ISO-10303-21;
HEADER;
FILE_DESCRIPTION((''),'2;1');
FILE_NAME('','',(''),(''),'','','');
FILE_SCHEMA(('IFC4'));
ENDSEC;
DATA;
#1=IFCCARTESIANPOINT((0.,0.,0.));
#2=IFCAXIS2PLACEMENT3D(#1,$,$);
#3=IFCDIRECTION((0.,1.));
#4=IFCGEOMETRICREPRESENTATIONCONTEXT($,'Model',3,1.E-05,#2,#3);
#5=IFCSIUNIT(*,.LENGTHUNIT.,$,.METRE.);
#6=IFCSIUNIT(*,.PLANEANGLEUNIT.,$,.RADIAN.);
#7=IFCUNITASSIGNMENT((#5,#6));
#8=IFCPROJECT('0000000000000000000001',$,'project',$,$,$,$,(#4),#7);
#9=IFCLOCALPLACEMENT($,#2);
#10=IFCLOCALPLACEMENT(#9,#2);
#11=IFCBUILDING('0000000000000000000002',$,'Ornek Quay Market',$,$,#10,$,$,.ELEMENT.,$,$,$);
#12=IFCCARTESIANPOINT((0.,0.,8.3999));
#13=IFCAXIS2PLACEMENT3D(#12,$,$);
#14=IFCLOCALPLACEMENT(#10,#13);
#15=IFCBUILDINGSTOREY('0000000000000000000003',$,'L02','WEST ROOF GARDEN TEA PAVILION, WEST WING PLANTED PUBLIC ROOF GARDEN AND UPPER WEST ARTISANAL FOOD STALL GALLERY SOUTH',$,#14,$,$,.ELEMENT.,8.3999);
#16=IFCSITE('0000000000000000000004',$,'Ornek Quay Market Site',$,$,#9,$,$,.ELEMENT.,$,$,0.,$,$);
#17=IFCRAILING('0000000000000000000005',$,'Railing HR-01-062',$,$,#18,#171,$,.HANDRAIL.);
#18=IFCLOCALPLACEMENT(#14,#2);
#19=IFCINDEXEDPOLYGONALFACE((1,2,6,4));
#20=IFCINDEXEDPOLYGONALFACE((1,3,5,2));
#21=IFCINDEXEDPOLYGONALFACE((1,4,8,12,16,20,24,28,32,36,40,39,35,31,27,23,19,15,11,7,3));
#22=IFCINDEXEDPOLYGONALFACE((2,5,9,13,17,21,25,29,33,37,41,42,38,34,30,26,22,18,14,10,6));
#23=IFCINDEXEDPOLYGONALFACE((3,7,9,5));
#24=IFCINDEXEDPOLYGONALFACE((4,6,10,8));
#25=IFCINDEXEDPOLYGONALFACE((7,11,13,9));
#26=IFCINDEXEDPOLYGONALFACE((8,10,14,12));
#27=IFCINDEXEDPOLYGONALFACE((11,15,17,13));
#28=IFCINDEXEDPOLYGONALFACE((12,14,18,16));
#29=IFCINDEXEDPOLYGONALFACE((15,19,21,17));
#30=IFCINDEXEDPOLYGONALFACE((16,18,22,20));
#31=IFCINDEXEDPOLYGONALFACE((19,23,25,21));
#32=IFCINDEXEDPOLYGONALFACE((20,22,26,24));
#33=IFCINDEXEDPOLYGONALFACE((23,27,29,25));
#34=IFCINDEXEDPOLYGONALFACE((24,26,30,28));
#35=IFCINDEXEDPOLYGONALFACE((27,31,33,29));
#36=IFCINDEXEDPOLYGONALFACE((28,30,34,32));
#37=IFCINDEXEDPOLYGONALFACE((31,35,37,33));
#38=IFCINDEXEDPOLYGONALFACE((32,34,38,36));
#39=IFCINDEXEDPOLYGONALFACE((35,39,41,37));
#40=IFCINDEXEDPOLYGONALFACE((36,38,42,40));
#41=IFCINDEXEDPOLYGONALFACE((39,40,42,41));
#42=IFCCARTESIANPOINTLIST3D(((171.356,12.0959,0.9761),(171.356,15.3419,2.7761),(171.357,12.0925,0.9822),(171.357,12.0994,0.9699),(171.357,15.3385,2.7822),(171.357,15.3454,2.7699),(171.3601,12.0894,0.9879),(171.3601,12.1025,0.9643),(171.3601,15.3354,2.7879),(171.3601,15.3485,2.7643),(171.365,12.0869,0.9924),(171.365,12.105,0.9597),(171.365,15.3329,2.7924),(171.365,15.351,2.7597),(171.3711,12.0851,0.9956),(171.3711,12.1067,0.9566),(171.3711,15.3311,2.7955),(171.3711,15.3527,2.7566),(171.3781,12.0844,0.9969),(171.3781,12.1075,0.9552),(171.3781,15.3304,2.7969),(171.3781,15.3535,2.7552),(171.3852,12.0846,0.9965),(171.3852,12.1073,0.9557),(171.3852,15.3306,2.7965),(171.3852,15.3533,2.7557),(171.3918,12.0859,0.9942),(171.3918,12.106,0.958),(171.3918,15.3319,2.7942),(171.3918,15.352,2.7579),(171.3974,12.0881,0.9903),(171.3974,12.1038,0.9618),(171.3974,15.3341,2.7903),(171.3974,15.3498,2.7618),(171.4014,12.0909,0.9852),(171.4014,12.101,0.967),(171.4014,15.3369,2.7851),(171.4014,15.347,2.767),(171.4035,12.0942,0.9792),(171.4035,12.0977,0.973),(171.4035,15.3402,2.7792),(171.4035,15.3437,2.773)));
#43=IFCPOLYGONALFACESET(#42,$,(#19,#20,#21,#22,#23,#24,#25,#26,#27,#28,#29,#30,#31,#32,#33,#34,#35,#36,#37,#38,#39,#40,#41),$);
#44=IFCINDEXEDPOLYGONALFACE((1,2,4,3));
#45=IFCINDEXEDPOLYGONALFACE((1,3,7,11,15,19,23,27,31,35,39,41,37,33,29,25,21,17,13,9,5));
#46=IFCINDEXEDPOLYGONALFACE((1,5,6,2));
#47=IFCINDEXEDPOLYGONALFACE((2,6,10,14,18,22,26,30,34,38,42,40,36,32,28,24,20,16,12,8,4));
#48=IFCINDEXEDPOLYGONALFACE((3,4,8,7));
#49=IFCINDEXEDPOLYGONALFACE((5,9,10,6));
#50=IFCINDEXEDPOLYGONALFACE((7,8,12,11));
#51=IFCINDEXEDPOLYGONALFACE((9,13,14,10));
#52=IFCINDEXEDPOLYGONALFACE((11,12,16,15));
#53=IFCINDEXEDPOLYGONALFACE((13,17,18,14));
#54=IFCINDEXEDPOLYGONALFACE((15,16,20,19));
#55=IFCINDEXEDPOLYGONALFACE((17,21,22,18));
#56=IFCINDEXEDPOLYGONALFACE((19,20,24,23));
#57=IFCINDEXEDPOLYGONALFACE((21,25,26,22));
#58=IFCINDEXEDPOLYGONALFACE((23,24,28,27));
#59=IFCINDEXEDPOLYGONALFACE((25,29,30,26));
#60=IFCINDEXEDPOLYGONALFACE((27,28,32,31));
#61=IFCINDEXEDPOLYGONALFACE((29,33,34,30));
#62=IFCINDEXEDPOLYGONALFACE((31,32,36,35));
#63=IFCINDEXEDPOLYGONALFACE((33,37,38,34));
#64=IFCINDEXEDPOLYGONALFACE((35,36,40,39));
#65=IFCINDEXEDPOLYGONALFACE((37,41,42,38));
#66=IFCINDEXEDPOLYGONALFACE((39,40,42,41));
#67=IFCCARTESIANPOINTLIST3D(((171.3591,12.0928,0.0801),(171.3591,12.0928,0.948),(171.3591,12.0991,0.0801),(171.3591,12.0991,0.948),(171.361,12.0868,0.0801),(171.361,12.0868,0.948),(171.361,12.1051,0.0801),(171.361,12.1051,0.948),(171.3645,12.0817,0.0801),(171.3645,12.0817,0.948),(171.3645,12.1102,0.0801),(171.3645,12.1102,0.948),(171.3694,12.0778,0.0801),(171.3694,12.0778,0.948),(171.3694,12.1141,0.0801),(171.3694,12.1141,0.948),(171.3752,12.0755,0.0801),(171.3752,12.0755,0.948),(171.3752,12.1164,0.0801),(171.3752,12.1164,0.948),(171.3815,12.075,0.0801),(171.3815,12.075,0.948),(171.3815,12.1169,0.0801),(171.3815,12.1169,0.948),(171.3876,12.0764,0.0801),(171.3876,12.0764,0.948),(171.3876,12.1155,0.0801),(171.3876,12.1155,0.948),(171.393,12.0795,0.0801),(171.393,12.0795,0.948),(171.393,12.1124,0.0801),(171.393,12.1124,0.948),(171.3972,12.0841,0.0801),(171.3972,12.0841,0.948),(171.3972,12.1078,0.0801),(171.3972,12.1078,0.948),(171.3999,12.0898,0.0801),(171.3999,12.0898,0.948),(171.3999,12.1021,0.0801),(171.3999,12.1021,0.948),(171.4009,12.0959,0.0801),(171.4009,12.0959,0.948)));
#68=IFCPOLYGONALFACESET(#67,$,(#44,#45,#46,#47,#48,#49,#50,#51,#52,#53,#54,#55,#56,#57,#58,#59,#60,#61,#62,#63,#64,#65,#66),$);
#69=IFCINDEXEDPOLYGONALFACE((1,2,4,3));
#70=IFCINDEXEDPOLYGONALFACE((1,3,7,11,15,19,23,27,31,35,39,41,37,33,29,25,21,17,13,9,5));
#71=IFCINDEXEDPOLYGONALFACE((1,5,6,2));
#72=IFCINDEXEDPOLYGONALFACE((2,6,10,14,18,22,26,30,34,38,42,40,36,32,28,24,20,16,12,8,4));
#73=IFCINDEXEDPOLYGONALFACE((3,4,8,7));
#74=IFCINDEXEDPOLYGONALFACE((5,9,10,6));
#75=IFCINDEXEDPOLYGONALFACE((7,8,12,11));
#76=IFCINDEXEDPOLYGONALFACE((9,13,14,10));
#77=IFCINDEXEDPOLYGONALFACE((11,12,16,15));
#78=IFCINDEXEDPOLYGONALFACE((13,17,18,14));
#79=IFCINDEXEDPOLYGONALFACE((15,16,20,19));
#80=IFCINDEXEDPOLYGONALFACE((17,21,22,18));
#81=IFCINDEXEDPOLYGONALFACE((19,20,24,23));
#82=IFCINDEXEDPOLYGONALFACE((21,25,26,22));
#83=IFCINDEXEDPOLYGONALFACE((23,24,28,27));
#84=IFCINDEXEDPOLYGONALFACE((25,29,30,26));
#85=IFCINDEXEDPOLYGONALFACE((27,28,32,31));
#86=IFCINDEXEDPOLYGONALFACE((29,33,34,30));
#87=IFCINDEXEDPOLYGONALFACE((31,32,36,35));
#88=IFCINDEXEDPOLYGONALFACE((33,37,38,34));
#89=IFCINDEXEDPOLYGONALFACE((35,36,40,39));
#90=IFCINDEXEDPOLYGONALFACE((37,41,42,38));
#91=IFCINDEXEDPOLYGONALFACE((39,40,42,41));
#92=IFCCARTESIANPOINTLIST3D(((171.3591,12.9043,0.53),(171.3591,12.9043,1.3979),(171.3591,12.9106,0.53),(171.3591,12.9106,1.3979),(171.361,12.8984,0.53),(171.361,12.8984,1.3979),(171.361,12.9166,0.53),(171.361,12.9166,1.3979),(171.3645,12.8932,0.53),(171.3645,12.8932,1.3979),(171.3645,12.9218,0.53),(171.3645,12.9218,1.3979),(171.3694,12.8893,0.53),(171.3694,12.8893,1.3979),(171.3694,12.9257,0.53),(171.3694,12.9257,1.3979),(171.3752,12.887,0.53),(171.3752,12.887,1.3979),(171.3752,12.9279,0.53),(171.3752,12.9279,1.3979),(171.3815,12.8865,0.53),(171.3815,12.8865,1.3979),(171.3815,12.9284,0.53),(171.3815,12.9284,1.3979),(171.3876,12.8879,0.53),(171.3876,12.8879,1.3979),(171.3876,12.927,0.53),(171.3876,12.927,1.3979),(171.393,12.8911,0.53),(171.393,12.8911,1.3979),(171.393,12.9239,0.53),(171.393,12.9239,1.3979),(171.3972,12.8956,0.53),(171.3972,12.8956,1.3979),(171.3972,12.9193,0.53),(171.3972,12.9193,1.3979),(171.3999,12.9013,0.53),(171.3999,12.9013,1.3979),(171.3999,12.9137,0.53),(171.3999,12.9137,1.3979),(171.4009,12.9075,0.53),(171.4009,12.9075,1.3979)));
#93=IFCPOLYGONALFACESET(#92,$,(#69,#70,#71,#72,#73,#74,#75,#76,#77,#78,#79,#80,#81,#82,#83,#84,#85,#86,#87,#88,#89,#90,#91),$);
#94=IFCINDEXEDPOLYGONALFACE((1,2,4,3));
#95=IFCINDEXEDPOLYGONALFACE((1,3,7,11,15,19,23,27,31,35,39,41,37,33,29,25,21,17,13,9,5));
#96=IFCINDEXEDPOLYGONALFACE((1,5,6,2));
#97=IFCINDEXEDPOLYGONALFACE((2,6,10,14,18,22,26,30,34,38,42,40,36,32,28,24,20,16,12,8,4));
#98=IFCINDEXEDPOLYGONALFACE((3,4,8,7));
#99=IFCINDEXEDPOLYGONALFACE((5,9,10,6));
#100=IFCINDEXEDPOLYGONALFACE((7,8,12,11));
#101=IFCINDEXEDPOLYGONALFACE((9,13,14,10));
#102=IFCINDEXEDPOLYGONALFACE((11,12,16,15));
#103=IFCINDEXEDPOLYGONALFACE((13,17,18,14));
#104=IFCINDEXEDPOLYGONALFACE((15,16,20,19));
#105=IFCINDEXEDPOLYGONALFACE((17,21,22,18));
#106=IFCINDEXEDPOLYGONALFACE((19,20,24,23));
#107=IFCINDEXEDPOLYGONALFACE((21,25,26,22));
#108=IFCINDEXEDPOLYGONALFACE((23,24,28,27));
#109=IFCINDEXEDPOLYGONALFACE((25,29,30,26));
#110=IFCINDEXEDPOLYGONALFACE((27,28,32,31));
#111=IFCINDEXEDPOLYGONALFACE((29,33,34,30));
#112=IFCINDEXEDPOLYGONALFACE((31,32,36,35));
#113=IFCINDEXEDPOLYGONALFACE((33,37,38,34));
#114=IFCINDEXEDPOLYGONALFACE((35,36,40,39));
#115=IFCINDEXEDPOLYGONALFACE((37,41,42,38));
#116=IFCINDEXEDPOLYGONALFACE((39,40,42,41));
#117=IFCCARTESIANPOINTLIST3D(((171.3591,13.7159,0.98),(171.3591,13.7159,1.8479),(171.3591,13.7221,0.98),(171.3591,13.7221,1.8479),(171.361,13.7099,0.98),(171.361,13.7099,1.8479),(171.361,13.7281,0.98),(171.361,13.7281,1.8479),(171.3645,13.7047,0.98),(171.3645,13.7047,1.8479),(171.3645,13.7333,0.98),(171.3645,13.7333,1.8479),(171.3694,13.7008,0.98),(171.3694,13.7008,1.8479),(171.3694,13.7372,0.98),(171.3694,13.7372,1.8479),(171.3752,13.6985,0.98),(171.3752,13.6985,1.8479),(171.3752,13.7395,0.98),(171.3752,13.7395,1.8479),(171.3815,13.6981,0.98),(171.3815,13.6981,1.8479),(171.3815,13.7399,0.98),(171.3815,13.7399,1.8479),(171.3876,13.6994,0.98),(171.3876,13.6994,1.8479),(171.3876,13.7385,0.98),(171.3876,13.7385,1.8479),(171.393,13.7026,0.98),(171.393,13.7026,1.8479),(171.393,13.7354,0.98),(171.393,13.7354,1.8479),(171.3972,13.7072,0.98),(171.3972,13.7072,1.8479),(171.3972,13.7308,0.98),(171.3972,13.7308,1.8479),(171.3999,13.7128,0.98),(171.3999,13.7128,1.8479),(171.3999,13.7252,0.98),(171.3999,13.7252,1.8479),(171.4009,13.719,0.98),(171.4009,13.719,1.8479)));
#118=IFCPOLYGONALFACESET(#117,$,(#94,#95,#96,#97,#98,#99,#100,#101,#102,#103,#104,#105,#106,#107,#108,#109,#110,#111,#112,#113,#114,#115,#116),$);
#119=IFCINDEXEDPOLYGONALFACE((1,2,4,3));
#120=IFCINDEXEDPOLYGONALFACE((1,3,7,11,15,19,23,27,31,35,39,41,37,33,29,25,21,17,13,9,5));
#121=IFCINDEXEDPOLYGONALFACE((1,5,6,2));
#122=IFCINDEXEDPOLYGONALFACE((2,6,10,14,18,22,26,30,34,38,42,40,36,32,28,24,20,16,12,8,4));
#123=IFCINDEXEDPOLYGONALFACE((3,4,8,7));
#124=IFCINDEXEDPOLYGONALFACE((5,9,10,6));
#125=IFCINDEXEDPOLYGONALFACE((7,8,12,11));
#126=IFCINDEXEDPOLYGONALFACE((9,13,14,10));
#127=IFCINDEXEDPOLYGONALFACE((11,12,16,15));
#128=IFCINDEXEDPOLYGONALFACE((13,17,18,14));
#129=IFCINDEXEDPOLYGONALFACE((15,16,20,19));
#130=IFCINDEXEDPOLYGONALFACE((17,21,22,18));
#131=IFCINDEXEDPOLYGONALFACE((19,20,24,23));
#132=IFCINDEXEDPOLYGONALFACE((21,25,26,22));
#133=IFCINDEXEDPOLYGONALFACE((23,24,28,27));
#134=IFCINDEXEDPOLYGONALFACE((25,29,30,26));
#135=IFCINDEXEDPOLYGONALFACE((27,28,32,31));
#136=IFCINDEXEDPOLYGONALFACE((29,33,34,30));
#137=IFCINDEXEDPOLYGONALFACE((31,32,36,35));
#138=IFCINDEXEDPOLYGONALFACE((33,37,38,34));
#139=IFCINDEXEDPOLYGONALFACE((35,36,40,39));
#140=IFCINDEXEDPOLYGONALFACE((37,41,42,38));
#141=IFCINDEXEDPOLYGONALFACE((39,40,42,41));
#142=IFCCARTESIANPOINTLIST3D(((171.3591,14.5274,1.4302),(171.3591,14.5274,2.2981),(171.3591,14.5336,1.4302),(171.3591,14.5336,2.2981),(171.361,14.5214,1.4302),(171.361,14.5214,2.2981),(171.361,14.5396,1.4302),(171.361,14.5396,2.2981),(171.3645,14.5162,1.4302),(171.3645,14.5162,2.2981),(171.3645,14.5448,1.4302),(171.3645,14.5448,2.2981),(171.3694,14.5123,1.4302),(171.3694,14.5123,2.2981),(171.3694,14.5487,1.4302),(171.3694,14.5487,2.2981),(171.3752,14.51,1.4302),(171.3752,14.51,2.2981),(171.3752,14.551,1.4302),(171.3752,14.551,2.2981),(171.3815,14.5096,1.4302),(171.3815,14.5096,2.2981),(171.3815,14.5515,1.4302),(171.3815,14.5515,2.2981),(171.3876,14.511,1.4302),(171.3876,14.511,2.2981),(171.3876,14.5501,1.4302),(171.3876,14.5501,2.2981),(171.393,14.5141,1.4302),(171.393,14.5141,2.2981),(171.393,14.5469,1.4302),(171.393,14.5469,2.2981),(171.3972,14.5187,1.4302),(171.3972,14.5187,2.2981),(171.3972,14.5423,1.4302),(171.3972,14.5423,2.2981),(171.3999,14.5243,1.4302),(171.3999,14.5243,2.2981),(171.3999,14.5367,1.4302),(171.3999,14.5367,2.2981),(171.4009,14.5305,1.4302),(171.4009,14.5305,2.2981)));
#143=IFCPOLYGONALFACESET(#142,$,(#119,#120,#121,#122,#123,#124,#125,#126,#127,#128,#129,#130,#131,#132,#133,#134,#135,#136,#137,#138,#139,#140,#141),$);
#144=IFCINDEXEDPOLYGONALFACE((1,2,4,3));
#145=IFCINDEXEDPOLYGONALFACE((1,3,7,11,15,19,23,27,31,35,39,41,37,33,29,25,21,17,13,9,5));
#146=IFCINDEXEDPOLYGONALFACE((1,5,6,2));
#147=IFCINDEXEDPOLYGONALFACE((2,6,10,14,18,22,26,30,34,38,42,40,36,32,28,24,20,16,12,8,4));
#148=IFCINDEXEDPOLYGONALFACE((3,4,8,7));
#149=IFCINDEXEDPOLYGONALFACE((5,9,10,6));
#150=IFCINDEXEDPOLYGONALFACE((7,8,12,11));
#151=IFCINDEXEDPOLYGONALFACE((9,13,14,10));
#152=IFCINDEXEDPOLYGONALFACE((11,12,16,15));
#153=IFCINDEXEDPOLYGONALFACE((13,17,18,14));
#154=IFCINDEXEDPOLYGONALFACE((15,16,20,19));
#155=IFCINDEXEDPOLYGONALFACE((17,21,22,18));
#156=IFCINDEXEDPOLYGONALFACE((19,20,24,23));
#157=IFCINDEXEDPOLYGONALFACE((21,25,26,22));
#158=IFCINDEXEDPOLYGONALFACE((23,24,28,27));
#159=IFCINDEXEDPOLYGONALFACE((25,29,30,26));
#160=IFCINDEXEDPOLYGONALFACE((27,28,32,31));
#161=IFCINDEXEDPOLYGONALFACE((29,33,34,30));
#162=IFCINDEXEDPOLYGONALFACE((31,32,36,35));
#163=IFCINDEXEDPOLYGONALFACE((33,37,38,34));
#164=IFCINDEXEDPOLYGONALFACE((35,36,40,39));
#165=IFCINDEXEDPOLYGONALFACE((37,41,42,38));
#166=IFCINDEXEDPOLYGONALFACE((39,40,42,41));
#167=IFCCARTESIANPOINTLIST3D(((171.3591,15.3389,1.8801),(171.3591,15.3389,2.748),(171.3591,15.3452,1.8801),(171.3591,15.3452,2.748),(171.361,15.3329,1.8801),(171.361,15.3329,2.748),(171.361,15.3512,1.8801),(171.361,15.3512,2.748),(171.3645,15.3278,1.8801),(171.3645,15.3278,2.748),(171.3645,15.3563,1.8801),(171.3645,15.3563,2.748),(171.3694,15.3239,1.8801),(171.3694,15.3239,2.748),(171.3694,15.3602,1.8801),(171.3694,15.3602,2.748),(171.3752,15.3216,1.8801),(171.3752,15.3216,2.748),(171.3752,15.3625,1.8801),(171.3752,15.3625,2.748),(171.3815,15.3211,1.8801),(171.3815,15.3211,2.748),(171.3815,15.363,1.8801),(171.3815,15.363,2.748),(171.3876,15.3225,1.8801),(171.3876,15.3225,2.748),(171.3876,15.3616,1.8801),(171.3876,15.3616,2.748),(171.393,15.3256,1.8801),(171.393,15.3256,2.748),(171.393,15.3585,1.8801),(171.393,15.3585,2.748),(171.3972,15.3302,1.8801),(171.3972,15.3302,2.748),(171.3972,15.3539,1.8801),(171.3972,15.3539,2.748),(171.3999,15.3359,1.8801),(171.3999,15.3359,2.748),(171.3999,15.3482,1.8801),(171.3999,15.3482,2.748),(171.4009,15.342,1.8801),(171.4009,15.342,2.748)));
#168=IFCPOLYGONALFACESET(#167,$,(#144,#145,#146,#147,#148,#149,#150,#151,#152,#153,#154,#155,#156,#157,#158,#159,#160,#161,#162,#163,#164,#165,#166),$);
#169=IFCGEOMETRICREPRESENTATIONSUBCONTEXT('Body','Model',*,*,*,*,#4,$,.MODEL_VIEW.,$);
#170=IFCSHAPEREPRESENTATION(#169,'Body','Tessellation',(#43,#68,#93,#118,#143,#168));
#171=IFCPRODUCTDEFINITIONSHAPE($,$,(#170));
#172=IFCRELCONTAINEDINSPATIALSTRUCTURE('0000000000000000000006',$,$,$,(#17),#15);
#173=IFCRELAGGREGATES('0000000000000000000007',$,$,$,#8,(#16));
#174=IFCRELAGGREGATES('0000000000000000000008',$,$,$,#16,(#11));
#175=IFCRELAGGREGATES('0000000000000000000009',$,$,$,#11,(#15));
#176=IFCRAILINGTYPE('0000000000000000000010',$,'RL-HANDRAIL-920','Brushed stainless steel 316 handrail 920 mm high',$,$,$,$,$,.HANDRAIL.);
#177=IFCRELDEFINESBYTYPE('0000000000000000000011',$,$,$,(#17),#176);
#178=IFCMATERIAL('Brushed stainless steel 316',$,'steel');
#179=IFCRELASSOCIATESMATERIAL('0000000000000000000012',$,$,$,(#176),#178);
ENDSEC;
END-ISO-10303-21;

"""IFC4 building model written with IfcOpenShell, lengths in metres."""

from ifc_helpers import new_model, si_unit, direction, frame, origin, origin_2d, place, context, subcontext, project, spatial, circle, extrude, material, type_object, element, save


model = new_model("IFC4")

# Units and contexts
model_context = context("Model", 3, precision=1e-05, world=origin(), true_north=direction((0.0, 1.0)))
body_context = subcontext(model_context, "Body", "Model", "MODEL_VIEW")
ifc_project = project(units=[si_unit("LENGTHUNIT", "METRE"), si_unit("PLANEANGLEUNIT", "RADIAN")], contexts=[model_context])

# Site, building, storey
site_placement = place(None, origin())
site = spatial("IfcSite", under=ifc_project, at=site_placement, Name="Ornek Quay Market Site", CompositionType="ELEMENT", RefElevation=0.0)
building_placement = place(site_placement, origin())
building = spatial("IfcBuilding", under=site, at=building_placement, Name="Ornek Quay Market", CompositionType="ELEMENT")
storey_placement = place(building_placement, frame((0.0, 0.0, 8.3999)))
storey = spatial("IfcBuildingStorey", under=building, at=storey_placement, Name="L02", Description="WEST ROOF GARDEN TEA PAVILION, WEST WING PLANTED PUBLIC ROOF GARDEN AND UPPER WEST ARTISANAL FOOD STALL GALLERY SOUTH", CompositionType="ELEMENT", Elevation=8.3999)

# Railing
ifc_material_1 = material(Name="Brushed stainless steel 316", Category="steel")
railing_type_1 = type_object("IfcRailingType", Name="RL-HANDRAIL-920", Description="Brushed stainless steel 316 handrail 920 mm high", PredefinedType="HANDRAIL", material=ifc_material_1)
railing_1_placement = place(storey_placement, frame((171.3799, 12.0959, 0.0801)))
element("IfcRailing", 1, at=railing_1_placement, inside=storey, type_object=railing_type_1, Name="Railing HR-01-062", PredefinedType="HANDRAIL", context=body_context, shape_type="SweptSolid", body=[
    extrude(circle(Radius=0.0239, at=origin_2d()), frame((0.0, 0.0, 0.896), z_axis=(0.0, 0.874539, 0.484956), x_axis=(-1.0, 0.0, 0.0)), (0.0, 0.0, 1.0), 3.7117),
    extrude(circle(Radius=0.021, at=origin_2d()), origin(), (0.0, 0.0, 1.0), 0.8679),
    extrude(circle(Radius=0.021, at=origin_2d()), frame((0.0, 0.8115, 0.45)), (0.0, 0.0, 1.0), 0.8679),
    extrude(circle(Radius=0.021, at=origin_2d()), frame((0.0, 1.623, 0.8999)), (0.0, 0.0, 1.0), 0.8679),
    extrude(circle(Radius=0.021, at=origin_2d()), frame((0.0, 2.4346, 1.3501)), (0.0, 0.0, 1.0), 0.8679),
    extrude(circle(Radius=0.021, at=origin_2d()), frame((0.0, 3.2461, 1.8)), (0.0, 0.0, 1.0), 0.8679),
])

save(model, "model.ifc")
